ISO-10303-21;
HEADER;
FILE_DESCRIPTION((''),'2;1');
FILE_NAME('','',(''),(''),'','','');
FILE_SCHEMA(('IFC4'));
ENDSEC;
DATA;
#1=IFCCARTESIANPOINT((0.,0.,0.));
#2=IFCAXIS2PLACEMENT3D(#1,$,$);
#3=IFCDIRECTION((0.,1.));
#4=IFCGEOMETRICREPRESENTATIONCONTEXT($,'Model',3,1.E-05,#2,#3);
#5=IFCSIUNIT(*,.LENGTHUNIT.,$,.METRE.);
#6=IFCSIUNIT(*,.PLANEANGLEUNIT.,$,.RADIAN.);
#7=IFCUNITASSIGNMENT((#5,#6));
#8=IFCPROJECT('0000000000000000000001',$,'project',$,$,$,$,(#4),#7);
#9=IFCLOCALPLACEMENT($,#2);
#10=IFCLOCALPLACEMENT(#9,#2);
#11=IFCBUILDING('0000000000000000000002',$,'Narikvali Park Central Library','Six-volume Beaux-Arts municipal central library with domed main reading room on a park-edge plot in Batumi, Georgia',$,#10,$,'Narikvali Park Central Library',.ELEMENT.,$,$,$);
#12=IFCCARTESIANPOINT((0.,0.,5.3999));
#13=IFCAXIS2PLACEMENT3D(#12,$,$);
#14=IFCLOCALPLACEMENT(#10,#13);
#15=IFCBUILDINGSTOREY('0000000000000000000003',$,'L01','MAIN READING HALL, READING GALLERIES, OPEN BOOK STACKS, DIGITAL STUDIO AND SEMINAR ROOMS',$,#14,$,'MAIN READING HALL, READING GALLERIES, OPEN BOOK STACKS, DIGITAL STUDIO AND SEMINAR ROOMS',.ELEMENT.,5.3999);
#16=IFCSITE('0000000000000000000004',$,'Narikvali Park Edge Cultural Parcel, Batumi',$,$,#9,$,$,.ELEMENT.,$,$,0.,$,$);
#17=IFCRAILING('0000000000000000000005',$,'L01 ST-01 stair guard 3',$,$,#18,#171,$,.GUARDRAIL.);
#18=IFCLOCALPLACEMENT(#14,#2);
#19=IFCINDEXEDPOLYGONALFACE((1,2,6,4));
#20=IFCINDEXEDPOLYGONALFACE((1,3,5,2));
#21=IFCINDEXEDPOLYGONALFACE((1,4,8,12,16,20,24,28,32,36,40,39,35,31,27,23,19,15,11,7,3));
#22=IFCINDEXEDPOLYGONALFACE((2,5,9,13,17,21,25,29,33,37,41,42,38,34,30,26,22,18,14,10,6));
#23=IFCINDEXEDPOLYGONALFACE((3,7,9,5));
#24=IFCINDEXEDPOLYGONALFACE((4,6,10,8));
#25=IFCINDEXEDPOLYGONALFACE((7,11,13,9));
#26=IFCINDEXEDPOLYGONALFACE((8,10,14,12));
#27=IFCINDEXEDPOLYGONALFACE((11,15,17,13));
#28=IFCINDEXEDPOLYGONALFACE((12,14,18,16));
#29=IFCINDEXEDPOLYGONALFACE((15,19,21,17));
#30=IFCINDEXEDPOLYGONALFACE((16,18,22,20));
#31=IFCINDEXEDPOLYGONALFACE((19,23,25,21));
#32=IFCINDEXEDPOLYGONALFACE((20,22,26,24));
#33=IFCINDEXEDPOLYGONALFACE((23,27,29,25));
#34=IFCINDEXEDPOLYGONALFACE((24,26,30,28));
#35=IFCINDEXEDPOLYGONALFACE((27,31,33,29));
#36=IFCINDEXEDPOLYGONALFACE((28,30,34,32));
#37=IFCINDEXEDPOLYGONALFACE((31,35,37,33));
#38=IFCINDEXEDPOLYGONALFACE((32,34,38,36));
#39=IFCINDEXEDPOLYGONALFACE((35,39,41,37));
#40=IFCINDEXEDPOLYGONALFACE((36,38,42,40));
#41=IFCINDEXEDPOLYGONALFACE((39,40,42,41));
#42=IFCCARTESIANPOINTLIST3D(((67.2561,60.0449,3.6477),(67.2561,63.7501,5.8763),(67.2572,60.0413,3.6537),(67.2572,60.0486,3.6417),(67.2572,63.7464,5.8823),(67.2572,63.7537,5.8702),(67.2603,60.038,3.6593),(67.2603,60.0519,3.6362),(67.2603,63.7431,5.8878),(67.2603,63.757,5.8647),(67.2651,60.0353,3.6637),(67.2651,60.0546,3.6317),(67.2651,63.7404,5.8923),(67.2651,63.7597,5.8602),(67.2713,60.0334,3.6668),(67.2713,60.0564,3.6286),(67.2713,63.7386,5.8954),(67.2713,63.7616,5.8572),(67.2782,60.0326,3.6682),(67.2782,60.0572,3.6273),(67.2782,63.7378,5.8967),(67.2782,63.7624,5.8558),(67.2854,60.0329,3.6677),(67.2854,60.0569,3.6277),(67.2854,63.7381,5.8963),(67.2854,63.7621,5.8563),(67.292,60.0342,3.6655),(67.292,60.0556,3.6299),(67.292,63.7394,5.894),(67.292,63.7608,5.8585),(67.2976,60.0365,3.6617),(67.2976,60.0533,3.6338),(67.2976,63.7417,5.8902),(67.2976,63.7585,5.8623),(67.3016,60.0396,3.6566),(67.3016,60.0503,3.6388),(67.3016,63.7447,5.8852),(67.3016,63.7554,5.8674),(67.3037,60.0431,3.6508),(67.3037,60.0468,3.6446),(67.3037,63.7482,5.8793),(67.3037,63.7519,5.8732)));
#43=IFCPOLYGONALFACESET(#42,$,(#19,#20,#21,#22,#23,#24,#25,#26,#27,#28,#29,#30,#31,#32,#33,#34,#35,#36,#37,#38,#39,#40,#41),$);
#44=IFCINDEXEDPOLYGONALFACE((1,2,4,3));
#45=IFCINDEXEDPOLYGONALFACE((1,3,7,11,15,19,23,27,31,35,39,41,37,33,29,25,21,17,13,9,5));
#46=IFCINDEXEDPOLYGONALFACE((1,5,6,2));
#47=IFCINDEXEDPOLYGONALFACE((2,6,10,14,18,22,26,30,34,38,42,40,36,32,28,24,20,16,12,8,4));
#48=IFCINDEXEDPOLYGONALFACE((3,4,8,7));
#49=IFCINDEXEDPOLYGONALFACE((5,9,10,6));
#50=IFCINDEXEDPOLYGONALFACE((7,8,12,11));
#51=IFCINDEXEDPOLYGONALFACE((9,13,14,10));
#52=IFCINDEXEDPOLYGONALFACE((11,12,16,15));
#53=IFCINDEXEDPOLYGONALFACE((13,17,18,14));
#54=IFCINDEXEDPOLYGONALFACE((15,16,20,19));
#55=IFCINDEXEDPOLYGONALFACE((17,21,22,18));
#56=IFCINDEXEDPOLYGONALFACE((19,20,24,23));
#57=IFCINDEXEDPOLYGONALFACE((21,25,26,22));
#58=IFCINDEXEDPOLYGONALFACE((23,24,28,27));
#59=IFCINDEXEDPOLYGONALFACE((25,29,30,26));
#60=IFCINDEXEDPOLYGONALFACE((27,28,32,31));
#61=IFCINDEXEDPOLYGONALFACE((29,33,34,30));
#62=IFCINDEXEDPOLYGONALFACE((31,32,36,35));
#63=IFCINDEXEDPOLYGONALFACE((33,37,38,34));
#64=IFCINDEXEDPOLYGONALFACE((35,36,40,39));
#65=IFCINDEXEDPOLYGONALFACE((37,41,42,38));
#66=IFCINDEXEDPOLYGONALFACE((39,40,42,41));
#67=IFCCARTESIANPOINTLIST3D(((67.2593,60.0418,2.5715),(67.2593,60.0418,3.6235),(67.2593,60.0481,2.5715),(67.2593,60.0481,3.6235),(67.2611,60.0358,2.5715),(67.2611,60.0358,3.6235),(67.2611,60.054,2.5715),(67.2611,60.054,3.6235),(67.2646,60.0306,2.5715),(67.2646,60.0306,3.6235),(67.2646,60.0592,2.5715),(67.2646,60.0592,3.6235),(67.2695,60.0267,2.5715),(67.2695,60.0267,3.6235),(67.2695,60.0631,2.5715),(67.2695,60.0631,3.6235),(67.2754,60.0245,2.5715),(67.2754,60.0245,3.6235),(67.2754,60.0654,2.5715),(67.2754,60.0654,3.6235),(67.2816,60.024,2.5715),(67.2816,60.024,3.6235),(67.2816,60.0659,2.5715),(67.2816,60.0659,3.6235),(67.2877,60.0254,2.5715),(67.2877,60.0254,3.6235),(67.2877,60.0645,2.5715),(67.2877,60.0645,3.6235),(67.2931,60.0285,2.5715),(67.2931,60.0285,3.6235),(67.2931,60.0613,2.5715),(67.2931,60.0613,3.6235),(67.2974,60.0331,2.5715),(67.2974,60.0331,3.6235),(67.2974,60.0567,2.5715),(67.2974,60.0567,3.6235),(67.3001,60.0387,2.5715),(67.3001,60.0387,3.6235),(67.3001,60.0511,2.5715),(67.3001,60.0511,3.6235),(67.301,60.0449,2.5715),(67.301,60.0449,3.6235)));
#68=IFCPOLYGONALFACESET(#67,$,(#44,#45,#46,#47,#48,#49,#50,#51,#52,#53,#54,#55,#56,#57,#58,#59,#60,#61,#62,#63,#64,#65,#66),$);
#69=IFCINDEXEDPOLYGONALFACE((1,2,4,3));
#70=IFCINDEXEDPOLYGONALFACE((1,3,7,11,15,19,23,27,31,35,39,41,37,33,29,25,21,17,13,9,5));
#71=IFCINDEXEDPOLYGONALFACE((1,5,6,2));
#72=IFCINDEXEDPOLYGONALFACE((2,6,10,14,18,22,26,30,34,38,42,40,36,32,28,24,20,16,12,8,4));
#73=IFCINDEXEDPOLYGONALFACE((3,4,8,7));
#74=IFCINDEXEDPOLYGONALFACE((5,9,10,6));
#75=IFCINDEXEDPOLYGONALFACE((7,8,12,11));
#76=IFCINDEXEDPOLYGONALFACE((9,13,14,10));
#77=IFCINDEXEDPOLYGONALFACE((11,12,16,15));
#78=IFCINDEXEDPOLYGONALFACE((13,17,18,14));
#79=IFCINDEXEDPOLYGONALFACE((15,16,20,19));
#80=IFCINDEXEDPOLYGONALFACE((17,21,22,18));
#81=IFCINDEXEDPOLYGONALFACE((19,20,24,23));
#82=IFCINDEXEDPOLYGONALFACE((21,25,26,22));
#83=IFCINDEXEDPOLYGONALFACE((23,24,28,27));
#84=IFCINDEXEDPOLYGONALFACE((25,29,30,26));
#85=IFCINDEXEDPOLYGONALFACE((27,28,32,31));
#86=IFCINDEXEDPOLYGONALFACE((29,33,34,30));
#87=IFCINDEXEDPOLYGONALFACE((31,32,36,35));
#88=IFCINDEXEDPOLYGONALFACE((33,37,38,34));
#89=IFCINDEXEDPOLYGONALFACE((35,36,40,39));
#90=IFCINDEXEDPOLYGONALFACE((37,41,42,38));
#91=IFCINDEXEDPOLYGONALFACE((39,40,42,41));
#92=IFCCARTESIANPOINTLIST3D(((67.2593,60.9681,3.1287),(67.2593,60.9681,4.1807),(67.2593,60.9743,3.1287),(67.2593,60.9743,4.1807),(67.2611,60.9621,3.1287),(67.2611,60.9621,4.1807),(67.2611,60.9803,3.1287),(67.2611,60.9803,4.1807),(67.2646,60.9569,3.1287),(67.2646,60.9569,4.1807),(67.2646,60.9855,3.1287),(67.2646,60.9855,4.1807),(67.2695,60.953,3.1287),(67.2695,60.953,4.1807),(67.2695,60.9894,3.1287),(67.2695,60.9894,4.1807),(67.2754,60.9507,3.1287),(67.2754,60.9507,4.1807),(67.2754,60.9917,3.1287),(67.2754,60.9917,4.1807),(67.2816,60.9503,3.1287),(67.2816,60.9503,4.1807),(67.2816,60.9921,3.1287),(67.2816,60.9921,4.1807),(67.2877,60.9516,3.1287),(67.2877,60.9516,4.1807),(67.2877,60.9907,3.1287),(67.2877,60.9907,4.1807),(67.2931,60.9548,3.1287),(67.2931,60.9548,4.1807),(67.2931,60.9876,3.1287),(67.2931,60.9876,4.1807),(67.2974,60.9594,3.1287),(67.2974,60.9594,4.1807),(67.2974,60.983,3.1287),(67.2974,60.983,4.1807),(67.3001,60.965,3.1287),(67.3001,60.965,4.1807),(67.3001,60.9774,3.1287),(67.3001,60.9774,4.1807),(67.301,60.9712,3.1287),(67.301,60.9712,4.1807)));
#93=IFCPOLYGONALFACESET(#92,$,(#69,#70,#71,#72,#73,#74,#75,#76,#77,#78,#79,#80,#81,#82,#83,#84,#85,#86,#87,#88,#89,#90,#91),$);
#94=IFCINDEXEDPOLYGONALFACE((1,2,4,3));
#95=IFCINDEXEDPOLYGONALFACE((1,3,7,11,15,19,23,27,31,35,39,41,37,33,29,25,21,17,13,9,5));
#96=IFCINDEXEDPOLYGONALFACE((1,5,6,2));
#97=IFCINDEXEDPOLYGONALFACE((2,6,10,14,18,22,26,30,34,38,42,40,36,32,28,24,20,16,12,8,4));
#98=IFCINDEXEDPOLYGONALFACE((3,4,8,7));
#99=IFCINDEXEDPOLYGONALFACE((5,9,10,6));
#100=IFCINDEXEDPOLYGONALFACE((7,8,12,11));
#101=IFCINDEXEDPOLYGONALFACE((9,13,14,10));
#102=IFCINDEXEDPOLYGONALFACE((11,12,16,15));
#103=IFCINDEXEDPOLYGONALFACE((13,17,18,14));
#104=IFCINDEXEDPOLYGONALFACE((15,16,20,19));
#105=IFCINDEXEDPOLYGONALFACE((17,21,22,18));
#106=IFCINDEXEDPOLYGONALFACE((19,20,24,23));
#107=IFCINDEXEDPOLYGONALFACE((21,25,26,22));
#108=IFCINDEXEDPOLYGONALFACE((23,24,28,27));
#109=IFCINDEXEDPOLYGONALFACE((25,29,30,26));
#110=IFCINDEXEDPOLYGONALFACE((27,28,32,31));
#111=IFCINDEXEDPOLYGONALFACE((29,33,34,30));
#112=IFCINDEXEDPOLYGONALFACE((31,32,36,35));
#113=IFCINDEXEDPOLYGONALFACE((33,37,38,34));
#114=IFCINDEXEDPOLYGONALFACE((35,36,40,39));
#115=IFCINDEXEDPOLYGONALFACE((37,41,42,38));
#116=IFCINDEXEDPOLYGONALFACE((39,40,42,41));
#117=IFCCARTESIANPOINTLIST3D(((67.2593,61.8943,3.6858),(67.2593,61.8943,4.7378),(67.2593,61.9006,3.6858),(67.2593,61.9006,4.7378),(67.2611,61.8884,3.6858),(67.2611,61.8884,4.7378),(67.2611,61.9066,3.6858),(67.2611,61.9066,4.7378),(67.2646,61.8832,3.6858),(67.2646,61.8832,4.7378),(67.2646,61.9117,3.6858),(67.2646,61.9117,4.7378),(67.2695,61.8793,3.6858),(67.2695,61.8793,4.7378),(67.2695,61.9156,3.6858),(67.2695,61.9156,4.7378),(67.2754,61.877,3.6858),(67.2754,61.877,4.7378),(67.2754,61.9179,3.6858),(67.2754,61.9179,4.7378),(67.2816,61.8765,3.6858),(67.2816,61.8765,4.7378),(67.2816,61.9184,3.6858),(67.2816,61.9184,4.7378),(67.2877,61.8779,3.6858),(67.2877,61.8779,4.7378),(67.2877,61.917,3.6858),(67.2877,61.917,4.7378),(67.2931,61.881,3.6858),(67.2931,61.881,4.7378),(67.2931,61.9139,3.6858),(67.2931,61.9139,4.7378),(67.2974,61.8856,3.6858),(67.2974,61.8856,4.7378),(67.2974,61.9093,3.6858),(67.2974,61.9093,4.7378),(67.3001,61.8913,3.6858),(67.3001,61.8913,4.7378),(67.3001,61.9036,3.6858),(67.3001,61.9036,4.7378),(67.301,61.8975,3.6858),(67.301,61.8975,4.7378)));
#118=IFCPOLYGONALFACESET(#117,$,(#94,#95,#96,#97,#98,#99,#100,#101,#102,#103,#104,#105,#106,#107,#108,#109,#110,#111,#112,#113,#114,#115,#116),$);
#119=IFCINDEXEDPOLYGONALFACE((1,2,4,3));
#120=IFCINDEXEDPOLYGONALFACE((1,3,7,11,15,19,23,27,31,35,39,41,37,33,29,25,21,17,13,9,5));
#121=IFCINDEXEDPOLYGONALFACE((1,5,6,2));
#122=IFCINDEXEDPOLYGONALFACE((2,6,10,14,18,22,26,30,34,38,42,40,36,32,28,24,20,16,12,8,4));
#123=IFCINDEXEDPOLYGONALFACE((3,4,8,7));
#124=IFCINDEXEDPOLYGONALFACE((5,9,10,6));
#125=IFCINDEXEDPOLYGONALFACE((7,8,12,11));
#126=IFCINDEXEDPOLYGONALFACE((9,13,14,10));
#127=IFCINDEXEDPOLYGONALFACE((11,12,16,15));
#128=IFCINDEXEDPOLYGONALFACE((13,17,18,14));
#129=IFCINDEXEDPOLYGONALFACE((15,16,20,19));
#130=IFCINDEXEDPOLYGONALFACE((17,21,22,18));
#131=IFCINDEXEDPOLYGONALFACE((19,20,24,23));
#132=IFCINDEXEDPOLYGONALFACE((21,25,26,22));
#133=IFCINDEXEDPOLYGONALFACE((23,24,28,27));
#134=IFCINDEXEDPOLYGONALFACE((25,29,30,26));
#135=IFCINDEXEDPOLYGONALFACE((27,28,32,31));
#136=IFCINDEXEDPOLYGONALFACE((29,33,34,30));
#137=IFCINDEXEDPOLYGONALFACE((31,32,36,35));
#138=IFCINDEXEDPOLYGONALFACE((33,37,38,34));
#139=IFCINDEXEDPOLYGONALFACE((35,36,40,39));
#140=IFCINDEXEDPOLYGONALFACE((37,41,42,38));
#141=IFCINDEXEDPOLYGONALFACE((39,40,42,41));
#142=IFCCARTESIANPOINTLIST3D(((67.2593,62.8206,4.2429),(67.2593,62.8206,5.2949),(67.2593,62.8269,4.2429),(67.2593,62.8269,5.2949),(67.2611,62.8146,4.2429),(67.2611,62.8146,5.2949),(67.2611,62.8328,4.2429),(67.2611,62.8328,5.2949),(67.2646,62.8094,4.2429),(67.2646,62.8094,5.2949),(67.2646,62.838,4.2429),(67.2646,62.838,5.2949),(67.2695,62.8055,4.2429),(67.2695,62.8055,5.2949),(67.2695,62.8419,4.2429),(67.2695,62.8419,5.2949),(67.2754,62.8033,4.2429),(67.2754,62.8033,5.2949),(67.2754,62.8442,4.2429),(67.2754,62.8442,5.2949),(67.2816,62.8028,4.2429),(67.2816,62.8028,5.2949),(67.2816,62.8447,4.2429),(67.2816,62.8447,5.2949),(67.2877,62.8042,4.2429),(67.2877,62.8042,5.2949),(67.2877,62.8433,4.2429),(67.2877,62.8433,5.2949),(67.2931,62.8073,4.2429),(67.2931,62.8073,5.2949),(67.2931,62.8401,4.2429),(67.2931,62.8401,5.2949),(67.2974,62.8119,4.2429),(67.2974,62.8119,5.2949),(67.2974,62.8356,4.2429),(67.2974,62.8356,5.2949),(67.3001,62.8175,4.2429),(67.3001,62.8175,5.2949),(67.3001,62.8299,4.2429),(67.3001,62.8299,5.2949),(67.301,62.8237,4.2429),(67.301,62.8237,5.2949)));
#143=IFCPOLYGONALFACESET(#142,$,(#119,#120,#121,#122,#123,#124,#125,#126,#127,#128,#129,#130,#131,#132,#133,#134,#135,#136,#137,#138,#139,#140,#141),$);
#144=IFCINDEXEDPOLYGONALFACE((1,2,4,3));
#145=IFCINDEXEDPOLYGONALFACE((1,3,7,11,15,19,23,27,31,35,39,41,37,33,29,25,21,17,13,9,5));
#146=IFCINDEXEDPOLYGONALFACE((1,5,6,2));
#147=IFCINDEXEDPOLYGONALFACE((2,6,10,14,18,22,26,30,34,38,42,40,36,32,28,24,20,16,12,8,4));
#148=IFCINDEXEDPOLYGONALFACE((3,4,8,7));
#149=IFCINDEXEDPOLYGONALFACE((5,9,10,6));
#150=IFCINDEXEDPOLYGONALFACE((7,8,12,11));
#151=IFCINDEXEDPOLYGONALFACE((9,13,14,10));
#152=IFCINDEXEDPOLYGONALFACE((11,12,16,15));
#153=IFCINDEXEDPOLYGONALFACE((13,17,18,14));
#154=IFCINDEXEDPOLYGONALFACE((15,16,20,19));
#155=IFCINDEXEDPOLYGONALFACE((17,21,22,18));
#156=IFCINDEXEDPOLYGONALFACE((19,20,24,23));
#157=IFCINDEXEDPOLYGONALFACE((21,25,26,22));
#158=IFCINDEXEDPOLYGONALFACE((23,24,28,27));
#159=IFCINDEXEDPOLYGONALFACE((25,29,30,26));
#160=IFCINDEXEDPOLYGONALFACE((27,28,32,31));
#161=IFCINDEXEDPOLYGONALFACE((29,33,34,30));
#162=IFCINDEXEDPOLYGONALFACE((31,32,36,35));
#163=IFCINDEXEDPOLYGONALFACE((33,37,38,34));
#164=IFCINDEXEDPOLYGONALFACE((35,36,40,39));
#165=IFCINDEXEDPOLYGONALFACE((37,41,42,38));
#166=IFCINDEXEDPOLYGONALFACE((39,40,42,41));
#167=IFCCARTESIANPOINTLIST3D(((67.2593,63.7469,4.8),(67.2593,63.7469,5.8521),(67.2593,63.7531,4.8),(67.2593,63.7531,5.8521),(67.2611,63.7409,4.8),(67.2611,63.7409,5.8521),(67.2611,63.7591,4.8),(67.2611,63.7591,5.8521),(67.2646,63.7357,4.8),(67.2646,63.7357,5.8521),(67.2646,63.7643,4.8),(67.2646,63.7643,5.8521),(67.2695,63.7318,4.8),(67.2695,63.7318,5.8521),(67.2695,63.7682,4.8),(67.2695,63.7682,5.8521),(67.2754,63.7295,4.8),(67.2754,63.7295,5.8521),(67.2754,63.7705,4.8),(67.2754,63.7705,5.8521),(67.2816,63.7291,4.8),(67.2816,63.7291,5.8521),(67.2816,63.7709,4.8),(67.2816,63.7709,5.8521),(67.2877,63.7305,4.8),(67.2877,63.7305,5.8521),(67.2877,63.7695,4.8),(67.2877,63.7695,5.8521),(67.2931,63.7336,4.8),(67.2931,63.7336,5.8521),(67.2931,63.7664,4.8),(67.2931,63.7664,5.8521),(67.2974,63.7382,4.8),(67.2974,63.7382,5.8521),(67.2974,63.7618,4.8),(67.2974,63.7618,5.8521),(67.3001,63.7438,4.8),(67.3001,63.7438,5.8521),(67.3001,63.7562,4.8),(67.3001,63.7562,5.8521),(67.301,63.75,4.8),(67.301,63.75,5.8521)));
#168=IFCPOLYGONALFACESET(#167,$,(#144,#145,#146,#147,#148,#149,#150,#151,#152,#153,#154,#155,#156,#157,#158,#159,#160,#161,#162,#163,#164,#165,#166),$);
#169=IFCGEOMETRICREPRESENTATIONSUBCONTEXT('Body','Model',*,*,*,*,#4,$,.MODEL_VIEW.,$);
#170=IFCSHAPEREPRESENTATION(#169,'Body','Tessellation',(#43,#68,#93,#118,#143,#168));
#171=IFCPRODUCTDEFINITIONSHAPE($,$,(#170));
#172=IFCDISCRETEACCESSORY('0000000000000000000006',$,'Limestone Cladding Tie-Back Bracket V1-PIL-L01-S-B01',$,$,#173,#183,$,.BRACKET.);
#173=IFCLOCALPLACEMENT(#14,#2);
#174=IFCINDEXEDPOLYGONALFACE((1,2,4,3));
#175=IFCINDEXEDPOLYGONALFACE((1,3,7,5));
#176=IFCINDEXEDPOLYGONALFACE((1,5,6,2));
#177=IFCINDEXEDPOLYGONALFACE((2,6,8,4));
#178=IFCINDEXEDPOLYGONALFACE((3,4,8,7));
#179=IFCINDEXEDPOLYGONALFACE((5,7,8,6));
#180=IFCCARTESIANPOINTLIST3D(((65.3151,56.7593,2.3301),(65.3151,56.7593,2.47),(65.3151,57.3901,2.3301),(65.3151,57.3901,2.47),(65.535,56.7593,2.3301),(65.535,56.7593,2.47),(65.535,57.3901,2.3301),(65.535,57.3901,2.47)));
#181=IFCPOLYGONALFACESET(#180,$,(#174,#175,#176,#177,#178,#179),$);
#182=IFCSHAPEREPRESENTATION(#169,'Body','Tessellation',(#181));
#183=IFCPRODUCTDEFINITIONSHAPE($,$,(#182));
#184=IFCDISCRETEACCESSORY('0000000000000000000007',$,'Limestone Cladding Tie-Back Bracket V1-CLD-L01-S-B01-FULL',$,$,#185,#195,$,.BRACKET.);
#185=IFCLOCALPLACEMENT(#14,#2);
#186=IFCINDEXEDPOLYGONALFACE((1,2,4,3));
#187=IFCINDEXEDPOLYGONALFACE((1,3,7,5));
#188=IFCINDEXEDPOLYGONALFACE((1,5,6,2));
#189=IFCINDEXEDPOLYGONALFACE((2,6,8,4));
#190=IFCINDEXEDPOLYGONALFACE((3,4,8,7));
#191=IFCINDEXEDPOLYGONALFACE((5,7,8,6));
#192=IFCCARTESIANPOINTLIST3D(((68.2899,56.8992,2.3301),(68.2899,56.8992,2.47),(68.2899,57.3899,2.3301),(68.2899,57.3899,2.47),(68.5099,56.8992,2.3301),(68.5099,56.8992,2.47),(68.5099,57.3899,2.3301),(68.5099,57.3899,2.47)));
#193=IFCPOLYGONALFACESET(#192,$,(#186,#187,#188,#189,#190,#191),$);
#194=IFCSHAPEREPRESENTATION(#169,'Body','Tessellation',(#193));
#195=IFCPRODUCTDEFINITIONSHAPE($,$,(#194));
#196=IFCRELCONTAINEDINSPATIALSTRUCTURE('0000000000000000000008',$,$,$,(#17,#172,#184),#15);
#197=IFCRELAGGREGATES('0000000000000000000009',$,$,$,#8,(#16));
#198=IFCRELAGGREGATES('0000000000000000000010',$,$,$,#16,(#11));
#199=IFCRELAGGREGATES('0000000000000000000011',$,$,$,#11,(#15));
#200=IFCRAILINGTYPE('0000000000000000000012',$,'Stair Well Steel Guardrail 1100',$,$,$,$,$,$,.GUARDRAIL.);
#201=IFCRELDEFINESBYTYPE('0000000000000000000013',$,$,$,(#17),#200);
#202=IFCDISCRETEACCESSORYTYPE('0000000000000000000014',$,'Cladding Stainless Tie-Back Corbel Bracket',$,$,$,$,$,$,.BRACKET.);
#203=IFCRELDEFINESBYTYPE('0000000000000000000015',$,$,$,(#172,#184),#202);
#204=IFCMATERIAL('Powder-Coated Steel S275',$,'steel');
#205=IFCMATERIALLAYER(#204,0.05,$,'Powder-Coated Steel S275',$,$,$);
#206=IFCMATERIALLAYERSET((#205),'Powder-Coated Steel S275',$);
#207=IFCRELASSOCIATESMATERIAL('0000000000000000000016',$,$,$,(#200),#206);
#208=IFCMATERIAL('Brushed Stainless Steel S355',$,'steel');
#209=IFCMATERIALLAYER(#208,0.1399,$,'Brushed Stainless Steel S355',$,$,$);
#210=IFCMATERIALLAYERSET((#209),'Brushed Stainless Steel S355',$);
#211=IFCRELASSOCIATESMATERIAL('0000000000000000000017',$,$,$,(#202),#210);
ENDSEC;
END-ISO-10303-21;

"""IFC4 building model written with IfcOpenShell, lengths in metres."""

from ifc_helpers import new_model, si_unit, direction, frame, origin, origin_2d, place, context, subcontext, project, spatial, rectangle, circle, extrude, material, layer, layer_set, type_object, element, save


model = new_model("IFC4")

# Units and contexts
model_context = context("Model", 3, precision=1e-05, world=origin(), true_north=direction((0.0, 1.0)))
body_context = subcontext(model_context, "Body", "Model", "MODEL_VIEW")
ifc_project = project(units=[si_unit("LENGTHUNIT", "METRE"), si_unit("PLANEANGLEUNIT", "RADIAN")], contexts=[model_context])

# Site, building, storey
site_placement = place(None, origin())
site = spatial("IfcSite", under=ifc_project, at=site_placement, Name="Narikvali Park Edge Cultural Parcel, Batumi", CompositionType="ELEMENT", RefElevation=0.0)
building_placement = place(site_placement, origin())
building = spatial("IfcBuilding", under=site, at=building_placement, Name="Narikvali Park Central Library", Description="Six-volume Beaux-Arts municipal central library with domed main reading room on a park-edge plot in Batumi, Georgia", LongName="Narikvali Park Central Library", CompositionType="ELEMENT")
storey_placement = place(building_placement, frame((0.0, 0.0, 5.3999)))
storey = spatial("IfcBuildingStorey", under=building, at=storey_placement, Name="L01", Description="MAIN READING HALL, READING GALLERIES, OPEN BOOK STACKS, DIGITAL STUDIO AND SEMINAR ROOMS", LongName="MAIN READING HALL, READING GALLERIES, OPEN BOOK STACKS, DIGITAL STUDIO AND SEMINAR ROOMS", CompositionType="ELEMENT", Elevation=5.3999)

# Railing
ifc_material_1 = material(Name="Brushed Stainless Steel S355", Category="steel")
ifc_material_2 = material(Name="Powder-Coated Steel S275", Category="steel")
ifc_layer_1 = layer(ifc_material_2, 0.05, Name="Powder-Coated Steel S275")
ifc_layer_set_1 = layer_set([ifc_layer_1], Name="Powder-Coated Steel S275")
railing_type_1 = type_object("IfcRailingType", Name="Stair Well Steel Guardrail 1100", PredefinedType="GUARDRAIL", material=ifc_layer_set_1)
railing_1_placement = place(storey_placement, frame((67.28, 60.0449, 2.5715)))
element("IfcRailing", 1, at=railing_1_placement, inside=storey, type_object=railing_type_1, Name="L01 ST-01 stair guard 3", PredefinedType="GUARDRAIL", context=body_context, shape_type="SweptSolid", body=[
    extrude(circle(Radius=0.0239, at=origin_2d()), frame((0.0, 0.0, 1.0762), z_axis=(0.0, 0.856934, 0.515425), x_axis=(-1.0, 0.0, 0.0)), (0.0, 0.0, 1.0), 4.3237),
    extrude(circle(Radius=0.021, at=origin_2d()), origin(), (0.0, 0.0, 1.0), 1.052),
    extrude(circle(Radius=0.021, at=origin_2d()), frame((0.0, 0.9263, 0.5571)), (0.0, 0.0, 1.0), 1.052),
    extrude(circle(Radius=0.021, at=origin_2d()), frame((0.0, 1.8525, 1.1143)), (0.0, 0.0, 1.0), 1.052),
    extrude(circle(Radius=0.021, at=origin_2d()), frame((0.0, 2.7788, 1.6714)), (0.0, 0.0, 1.0), 1.052),
    extrude(circle(Radius=0.021, at=origin_2d()), frame((0.0, 3.7051, 2.2285)), (0.0, 0.0, 1.0), 1.052),
])

# Discrete accessories
ifc_layer_2 = layer(ifc_material_1, 0.1399, Name="Brushed Stainless Steel S355")
ifc_layer_set_2 = layer_set([ifc_layer_2], Name="Brushed Stainless Steel S355")
discrete_accessory_type = type_object("IfcDiscreteAccessoryType", Name="Cladding Stainless Tie-Back Corbel Bracket", PredefinedType="BRACKET", material=ifc_layer_set_2)
discrete_accessory_1_placement = place(storey_placement, frame((65.425, 57.0747, 2.3301), z_axis=(0.0, 0.0, 1.0), x_axis=(1.0, 0.0, 0.0)))
element("IfcDiscreteAccessory", 2, at=discrete_accessory_1_placement, inside=storey, type_object=discrete_accessory_type, Name="Limestone Cladding Tie-Back Bracket V1-PIL-L01-S-B01", PredefinedType="BRACKET", context=body_context, shape_type="SweptSolid", body=[
    extrude(rectangle(XDim=0.22, YDim=0.6309, at=origin_2d()), origin(), (0.0, 0.0, 1.0), 0.1399),
])
discrete_accessory_2_placement = place(storey_placement, frame((68.3999, 57.1445, 2.3301), z_axis=(0.0, 0.0, 1.0), x_axis=(1.0, 0.0, 0.0)))
element("IfcDiscreteAccessory", 3, at=discrete_accessory_2_placement, inside=storey, type_object=discrete_accessory_type, Name="Limestone Cladding Tie-Back Bracket V1-CLD-L01-S-B01-FULL", PredefinedType="BRACKET", context=body_context, shape_type="SweptSolid", body=[
    extrude(rectangle(XDim=0.22, YDim=0.4907, at=origin_2d()), origin(), (0.0, 0.0, 1.0), 0.1399),
])

save(model, "model.ifc")
